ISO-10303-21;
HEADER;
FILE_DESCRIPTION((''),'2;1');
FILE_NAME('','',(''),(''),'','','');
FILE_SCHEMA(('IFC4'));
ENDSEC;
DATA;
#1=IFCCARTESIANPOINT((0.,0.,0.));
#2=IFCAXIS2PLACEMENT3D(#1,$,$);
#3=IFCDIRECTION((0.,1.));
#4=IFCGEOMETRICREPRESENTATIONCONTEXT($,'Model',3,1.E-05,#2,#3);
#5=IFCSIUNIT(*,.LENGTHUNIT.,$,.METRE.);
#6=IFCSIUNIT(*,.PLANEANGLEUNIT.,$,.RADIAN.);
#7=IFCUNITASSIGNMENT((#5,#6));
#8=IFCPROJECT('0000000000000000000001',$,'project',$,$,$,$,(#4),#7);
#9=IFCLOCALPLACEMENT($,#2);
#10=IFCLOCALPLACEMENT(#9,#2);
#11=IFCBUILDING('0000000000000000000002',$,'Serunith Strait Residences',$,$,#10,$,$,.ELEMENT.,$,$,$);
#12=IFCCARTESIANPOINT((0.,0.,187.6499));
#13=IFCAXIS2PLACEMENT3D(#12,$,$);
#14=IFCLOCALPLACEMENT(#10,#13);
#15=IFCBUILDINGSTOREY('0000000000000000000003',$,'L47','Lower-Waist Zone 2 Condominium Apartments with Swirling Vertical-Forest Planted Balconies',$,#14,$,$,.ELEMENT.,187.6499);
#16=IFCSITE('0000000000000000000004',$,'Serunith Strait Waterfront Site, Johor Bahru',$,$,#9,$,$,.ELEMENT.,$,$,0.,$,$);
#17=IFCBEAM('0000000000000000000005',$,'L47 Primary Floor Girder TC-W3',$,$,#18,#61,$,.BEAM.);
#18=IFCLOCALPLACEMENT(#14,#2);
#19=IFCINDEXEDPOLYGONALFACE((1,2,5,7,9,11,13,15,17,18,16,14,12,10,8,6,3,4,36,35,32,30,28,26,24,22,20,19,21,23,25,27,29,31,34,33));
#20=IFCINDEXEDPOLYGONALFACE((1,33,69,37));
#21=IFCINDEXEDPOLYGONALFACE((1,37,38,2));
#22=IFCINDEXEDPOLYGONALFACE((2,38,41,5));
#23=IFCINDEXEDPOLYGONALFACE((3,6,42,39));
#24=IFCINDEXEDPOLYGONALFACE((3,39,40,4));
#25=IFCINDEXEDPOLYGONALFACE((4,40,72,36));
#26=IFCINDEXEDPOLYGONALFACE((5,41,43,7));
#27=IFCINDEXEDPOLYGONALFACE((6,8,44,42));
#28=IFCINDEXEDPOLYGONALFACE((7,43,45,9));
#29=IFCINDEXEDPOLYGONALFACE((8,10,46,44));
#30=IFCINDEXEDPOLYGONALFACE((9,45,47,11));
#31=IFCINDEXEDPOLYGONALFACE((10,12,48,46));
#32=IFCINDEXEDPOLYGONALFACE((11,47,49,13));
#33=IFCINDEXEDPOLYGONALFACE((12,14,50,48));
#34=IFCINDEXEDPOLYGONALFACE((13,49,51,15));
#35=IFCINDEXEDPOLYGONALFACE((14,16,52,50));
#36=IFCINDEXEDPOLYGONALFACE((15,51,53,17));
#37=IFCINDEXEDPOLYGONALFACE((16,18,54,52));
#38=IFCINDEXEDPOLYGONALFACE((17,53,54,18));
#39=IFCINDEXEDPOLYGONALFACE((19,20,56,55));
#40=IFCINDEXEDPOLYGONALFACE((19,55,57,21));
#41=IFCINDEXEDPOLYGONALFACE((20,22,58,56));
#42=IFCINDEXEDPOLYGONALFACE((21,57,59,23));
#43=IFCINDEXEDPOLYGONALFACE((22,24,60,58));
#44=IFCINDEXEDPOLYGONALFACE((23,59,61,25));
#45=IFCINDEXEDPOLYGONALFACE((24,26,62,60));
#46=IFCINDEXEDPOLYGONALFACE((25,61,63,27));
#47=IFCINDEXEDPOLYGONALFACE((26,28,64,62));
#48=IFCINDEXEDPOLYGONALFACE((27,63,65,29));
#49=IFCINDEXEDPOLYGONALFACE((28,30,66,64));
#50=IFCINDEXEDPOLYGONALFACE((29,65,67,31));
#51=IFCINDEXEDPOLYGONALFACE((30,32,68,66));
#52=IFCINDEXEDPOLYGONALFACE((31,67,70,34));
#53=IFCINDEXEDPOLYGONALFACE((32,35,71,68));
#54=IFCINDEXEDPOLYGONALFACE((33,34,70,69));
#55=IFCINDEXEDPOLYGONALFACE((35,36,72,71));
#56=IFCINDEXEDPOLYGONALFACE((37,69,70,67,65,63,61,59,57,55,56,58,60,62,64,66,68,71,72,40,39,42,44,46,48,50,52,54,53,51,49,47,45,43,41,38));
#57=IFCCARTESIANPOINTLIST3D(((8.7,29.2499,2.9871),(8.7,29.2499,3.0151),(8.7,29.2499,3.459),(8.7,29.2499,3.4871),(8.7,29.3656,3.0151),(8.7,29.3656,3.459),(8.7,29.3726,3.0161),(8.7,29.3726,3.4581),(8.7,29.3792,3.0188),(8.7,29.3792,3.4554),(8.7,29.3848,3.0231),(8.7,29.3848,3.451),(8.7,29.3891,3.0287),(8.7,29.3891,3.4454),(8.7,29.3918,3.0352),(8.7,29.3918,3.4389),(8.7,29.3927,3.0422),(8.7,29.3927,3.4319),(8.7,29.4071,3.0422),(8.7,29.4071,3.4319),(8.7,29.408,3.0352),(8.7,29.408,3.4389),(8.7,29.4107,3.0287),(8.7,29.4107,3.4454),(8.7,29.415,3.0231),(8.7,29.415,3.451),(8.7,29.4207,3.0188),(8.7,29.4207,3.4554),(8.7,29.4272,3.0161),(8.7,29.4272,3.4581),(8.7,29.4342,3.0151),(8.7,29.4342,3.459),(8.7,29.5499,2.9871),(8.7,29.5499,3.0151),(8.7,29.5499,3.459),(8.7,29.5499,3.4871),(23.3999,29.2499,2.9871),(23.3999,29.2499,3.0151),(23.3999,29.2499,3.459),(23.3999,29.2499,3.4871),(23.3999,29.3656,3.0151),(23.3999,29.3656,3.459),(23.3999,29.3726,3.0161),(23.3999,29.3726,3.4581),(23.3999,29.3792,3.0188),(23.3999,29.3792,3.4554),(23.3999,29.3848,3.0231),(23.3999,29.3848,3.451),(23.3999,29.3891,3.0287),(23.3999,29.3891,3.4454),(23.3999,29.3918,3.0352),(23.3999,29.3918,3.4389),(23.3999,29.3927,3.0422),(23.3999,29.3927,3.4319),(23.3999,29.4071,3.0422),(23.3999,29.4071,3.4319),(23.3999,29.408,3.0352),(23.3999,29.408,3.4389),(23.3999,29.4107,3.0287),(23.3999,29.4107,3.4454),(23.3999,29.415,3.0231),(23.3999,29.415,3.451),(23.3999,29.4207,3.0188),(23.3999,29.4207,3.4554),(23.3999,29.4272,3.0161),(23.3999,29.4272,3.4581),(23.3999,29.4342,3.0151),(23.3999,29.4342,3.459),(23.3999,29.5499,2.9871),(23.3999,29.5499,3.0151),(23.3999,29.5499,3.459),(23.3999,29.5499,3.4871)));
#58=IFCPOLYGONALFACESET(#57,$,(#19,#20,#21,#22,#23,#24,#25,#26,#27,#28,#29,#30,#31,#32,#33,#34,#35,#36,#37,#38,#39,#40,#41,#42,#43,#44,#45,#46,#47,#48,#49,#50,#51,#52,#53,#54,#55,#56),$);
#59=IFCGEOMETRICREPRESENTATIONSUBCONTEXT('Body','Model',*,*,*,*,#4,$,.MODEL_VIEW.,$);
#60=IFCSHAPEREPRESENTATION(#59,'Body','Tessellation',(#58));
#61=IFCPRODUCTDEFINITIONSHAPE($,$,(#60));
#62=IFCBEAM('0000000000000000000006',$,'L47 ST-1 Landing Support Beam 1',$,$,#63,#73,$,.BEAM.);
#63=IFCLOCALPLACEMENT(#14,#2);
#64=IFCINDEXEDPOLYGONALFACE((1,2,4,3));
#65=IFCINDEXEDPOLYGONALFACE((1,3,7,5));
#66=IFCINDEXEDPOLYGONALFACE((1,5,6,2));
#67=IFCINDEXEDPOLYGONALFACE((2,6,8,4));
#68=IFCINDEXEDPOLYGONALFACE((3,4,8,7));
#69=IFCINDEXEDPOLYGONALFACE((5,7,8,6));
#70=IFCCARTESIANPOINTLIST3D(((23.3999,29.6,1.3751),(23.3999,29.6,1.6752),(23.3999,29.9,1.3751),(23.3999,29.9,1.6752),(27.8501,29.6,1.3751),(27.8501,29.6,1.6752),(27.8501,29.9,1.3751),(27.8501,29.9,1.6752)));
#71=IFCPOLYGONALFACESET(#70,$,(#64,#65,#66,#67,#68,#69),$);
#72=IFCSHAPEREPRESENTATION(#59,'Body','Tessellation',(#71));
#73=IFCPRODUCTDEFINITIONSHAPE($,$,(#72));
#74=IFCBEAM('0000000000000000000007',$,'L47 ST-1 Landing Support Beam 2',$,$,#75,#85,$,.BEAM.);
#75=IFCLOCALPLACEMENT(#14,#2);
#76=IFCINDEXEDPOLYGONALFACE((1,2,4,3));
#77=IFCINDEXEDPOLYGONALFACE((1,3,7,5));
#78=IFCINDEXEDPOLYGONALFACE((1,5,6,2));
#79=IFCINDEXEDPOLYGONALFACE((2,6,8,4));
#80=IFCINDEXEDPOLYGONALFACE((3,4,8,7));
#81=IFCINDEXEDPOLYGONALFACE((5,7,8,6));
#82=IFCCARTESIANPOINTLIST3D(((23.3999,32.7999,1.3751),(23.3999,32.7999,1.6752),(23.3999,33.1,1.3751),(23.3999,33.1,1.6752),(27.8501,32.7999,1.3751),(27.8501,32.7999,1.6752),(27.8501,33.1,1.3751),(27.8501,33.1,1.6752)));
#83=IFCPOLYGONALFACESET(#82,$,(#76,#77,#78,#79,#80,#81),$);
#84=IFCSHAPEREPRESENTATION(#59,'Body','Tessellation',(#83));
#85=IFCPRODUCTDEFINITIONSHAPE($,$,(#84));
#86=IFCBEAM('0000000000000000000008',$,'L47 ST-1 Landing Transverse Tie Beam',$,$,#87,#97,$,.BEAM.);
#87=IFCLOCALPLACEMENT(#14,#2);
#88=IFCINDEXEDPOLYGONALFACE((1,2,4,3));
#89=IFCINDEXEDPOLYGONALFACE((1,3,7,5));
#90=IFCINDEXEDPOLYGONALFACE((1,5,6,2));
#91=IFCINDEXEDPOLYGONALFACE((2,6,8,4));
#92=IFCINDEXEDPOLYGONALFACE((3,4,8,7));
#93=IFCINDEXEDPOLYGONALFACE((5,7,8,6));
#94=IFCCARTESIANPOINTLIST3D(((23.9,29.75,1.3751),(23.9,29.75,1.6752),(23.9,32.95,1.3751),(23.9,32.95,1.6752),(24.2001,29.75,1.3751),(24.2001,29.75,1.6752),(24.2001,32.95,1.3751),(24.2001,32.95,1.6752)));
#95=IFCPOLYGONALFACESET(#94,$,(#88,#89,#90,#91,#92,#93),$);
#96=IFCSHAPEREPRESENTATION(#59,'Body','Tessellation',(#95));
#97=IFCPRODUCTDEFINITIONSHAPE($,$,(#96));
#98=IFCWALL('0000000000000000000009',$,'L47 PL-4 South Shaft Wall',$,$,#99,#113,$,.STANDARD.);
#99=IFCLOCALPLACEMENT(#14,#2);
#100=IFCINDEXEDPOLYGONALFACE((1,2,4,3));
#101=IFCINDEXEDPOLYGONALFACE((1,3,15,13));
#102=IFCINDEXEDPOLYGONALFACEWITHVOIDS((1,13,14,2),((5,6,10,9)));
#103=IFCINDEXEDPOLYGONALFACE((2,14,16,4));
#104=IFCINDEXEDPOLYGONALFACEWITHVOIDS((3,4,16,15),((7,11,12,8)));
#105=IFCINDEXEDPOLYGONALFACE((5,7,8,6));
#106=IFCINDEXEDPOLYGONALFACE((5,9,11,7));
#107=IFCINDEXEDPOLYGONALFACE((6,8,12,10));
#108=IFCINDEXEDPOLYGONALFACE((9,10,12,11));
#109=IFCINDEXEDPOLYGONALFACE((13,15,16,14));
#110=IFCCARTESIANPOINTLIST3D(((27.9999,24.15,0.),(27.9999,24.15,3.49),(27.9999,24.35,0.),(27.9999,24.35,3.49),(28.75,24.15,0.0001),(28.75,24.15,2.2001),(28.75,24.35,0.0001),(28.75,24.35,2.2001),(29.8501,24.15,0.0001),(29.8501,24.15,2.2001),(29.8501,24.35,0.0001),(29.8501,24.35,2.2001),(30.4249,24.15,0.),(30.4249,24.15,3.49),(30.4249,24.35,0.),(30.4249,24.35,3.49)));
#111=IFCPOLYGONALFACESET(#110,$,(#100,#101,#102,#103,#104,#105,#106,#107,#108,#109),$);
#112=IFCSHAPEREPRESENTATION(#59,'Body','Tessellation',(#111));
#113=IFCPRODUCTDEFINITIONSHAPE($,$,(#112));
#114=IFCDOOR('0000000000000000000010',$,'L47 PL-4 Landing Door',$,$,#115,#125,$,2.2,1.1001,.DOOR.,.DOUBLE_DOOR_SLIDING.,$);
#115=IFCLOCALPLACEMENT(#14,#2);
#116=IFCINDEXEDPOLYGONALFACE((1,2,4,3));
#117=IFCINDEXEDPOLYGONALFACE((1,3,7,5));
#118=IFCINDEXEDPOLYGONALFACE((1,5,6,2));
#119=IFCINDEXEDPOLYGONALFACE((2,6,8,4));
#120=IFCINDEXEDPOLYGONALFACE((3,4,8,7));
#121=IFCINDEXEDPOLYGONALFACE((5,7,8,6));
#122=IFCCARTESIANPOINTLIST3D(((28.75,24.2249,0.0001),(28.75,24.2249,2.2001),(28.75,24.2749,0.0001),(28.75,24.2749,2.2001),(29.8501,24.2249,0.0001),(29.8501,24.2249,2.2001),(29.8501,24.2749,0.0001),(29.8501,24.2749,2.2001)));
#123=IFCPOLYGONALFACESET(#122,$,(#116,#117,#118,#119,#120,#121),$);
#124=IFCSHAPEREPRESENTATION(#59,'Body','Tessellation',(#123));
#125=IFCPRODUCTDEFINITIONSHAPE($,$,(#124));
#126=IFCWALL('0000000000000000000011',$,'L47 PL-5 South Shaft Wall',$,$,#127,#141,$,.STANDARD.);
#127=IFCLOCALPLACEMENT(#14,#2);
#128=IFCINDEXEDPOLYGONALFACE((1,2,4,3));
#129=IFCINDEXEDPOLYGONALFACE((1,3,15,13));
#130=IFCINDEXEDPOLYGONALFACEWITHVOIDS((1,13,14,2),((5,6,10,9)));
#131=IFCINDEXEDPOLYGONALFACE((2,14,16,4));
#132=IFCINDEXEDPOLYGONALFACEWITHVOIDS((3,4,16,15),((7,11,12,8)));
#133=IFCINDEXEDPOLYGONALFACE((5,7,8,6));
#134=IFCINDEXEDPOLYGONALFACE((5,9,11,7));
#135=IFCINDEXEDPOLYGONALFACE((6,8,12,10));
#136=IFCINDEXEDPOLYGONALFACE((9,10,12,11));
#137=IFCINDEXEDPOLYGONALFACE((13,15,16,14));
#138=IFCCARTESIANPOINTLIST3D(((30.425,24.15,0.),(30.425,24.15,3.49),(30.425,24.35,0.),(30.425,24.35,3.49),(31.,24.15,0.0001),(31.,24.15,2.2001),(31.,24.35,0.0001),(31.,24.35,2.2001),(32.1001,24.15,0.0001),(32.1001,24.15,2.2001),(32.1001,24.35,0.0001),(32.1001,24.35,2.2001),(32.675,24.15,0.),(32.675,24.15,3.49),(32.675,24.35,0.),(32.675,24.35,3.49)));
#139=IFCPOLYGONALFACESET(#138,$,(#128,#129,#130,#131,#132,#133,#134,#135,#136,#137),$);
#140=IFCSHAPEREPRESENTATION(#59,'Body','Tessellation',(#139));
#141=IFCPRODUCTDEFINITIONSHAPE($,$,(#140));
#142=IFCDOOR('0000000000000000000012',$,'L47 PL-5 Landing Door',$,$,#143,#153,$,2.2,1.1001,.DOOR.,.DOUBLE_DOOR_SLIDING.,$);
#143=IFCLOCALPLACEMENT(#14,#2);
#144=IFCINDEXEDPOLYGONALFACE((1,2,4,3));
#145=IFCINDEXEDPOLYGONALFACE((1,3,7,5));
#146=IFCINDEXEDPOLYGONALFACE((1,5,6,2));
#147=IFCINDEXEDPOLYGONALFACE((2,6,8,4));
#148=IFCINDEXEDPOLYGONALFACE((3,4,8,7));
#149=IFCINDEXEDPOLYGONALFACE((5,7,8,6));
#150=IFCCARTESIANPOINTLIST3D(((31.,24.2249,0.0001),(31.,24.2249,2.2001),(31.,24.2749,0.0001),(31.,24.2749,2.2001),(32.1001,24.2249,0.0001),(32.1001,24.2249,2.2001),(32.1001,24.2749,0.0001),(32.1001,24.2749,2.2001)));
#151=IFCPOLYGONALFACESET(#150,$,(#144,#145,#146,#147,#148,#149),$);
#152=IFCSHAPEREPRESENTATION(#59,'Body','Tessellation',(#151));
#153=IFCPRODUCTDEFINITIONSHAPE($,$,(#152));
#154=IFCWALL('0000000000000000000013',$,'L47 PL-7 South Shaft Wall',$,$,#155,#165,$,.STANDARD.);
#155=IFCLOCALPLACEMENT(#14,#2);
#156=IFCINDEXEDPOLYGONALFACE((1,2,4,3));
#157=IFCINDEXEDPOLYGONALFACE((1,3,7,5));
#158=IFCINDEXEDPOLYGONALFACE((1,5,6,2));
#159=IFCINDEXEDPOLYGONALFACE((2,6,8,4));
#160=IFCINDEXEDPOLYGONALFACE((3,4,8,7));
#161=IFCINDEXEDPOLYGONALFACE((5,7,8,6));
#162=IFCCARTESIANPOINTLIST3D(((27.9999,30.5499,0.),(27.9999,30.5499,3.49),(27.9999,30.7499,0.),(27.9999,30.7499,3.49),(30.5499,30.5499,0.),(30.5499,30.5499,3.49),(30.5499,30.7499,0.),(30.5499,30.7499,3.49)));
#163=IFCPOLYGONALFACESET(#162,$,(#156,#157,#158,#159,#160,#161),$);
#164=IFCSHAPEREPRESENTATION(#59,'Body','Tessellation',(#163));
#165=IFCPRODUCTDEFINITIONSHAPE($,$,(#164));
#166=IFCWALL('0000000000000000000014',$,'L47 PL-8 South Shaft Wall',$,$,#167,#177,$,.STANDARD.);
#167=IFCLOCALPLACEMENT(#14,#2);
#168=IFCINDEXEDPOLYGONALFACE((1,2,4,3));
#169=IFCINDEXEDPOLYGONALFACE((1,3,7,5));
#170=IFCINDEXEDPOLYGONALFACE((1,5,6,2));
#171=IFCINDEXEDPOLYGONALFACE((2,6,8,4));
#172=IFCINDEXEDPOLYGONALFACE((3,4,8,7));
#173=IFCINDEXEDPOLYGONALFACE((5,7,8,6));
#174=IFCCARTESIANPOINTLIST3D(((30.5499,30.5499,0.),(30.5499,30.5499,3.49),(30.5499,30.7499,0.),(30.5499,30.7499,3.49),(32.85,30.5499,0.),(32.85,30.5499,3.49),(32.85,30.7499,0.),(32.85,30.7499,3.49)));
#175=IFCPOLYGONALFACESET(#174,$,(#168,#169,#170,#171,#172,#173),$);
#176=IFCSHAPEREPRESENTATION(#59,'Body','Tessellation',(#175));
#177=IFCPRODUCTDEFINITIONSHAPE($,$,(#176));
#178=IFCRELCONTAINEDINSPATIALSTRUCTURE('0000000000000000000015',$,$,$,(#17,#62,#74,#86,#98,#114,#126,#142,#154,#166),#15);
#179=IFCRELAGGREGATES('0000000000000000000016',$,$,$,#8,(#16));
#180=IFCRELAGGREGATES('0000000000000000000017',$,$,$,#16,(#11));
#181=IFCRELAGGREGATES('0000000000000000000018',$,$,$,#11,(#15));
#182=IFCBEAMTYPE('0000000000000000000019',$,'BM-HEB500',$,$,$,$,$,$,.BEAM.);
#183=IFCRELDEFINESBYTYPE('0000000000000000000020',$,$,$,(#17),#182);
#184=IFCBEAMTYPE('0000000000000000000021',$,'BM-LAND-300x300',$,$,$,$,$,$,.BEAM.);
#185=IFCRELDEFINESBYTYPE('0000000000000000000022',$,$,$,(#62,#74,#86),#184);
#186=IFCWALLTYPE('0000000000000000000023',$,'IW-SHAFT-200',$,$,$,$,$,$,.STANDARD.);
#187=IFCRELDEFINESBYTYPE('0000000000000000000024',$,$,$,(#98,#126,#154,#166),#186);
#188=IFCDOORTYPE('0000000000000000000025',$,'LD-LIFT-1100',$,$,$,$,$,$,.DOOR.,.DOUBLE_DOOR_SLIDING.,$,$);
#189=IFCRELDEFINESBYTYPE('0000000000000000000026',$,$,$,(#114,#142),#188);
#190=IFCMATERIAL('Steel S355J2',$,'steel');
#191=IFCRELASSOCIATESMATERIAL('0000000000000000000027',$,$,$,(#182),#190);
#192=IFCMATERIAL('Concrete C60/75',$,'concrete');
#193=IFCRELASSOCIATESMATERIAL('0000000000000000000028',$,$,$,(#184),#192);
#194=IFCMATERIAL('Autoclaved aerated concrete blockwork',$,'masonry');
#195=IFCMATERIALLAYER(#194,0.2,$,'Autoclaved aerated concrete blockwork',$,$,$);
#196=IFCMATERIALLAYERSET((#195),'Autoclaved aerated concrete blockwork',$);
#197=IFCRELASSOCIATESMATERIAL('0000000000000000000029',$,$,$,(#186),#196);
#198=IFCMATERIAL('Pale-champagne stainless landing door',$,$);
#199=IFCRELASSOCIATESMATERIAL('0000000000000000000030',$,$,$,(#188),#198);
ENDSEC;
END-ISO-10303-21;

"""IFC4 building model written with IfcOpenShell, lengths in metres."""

from ifc_helpers import new_model, si_unit, direction, frame, frame_2d, origin, origin_2d, place, context, subcontext, project, spatial, rectangle, i_section, extrude, source, transform, mapped, material, layer, layer_set, material_profile, profile_set, type_object, element, fill, save


model = new_model("IFC4")

# Units and contexts
model_context = context("Model", 3, precision=1e-05, world=origin(), true_north=direction((0.0, 1.0)))
body_context = subcontext(model_context, "Body", "Model", "MODEL_VIEW")
ifc_project = project(units=[si_unit("LENGTHUNIT", "METRE"), si_unit("PLANEANGLEUNIT", "RADIAN")], contexts=[model_context])

# Site, building, storey
site_placement = place(None, origin())
site = spatial("IfcSite", under=ifc_project, at=site_placement, Name="Serunith Strait Waterfront Site, Johor Bahru", CompositionType="ELEMENT", RefElevation=0.0)
building_placement = place(site_placement, origin())
building = spatial("IfcBuilding", under=site, at=building_placement, Name="Serunith Strait Residences", CompositionType="ELEMENT")
storey_placement = place(building_placement, frame((0.0, 0.0, 187.6499)))
storey = spatial("IfcBuildingStorey", under=building, at=storey_placement, Name="L47", Description="Lower-Waist Zone 2 Condominium Apartments with Swirling Vertical-Forest Planted Balconies", CompositionType="ELEMENT", Elevation=187.6499)

# Beams
ifc_material_1 = material(Name="Steel S355J2", Category="steel")
ifc_material_profile_1 = material_profile(ifc_material_1, i_section(OverallWidth=0.3, OverallDepth=0.5, WebThickness=0.0144, FlangeThickness=0.0281, FilletRadius=0.0271, at=origin_2d()), Name="HEB 500")
ifc_profile_set_1 = profile_set([ifc_material_profile_1], Name="Steel S355J2")
beam_type_1 = type_object("IfcBeamType", Name="BM-HEB500", PredefinedType="BEAM", material=ifc_profile_set_1)
shared_shape_1 = source(origin(), body_context, "Body", "SweptSolid", [
    extrude(i_section(OverallWidth=0.3, OverallDepth=0.5, WebThickness=0.0144, FlangeThickness=0.0281, FilletRadius=0.0271, at=origin_2d()), origin(), (0.0, 0.0, 1.0), 14.7),
])
beam_1_placement = place(storey_placement, frame((23.3999, 29.3999, 3.2371), z_axis=(-1.0, 0.0, 0.0), x_axis=(0.0, -1.0, 0.0)))
element("IfcBeam", 1, at=beam_1_placement, inside=storey, type_object=beam_type_1, Name="L47 Primary Floor Girder TC-W3", PredefinedType="BEAM", context=body_context, shape_type="MappedRepresentation", body=[
    mapped(shared_shape_1, transform((0.0, 0.0, 0.0), scale=1.0)),
])
ifc_material_2 = material(Name="Concrete C60/75", Category="concrete")
ifc_material_profile_2 = material_profile(ifc_material_2, rectangle(XDim=0.3, YDim=0.3, at=origin_2d()), Name="RC 300x300")
ifc_profile_set_2 = profile_set([ifc_material_profile_2], Name="Concrete C60/75")
beam_type_2 = type_object("IfcBeamType", Name="BM-LAND-300x300", PredefinedType="BEAM", material=ifc_profile_set_2)
shared_shape_2 = source(origin(), body_context, "Body", "SweptSolid", [
    extrude(rectangle(XDim=0.3, YDim=0.3, at=origin_2d()), origin(), (0.0, 0.0, 1.0), 4.4502),
])
for number, where, z_axis, x_axis, name in (
    (2, (23.3999, 29.75, 1.5251), (1.0, 0.0, 0.0), (0.0, 1.0, 0.0), "L47 ST-1 Landing Support Beam 1"),
    (3, (23.3999, 32.95, 1.5251), (1.0, 0.0, 0.0), (0.0, 1.0, 0.0), "L47 ST-1 Landing Support Beam 2"),
):
    element("IfcBeam", number, at=place(storey_placement, frame(where, z_axis=z_axis, x_axis=x_axis)), inside=storey, type_object=beam_type_2, Name=name, PredefinedType="BEAM", context=body_context, shape_type="MappedRepresentation", body=[
        mapped(shared_shape_2, transform((0.0, 0.0, 0.0), scale=1.0)),
    ])
shared_shape_3 = source(origin(), body_context, "Body", "SweptSolid", [
    extrude(rectangle(XDim=0.3, YDim=0.3, at=origin_2d()), origin(), (0.0, 0.0, 1.0), 3.2),
])
beam_2_placement = place(storey_placement, frame((24.05, 29.75, 1.5251), z_axis=(0.0, 1.0, 0.0), x_axis=(-1.0, 0.0, 0.0)))
element("IfcBeam", 4, at=beam_2_placement, inside=storey, type_object=beam_type_2, Name="L47 ST-1 Landing Transverse Tie Beam", PredefinedType="BEAM", context=body_context, shape_type="MappedRepresentation", body=[
    mapped(shared_shape_3, transform((0.0, 0.0, 0.0), scale=1.0)),
])

# Walls, openings, doors
ifc_material_3 = material(Name="Autoclaved aerated concrete blockwork", Category="masonry")
ifc_layer = layer(ifc_material_3, 0.2, Name="Autoclaved aerated concrete blockwork")
ifc_layer_set = layer_set([ifc_layer], Name="Autoclaved aerated concrete blockwork")
wall_type = type_object("IfcWallType", Name="IW-SHAFT-200", PredefinedType="STANDARD", material=ifc_layer_set)
wall_1_placement = place(storey_placement, frame((28.0, 24.25, 0.0), z_axis=(0.0, 0.0, 1.0), x_axis=(1.0, 0.0, 0.0)))
wall_1 = element("IfcWall", 5, at=wall_1_placement, inside=storey, type_object=wall_type, Name="L47 PL-4 South Shaft Wall", PredefinedType="STANDARD", context=body_context, shape_type="SweptSolid", body=[
    extrude(rectangle(XDim=2.425, YDim=0.2, at=frame_2d((1.2124, 0.0))), origin(), (0.0, 0.0, 1.0), 3.49),
])
opening_1_placement = place(wall_1_placement, frame((0.75, 0.0, 0.0)))
opening_1 = element("IfcOpeningElement", 6, at=opening_1_placement, cuts=wall_1, PredefinedType="OPENING", context=body_context, shape_type="SweptSolid", body=[
    extrude(rectangle(XDim=1.1001, YDim=2.2, at=frame_2d((0.55, 1.1001))), frame((0.0, 0.1099, 0.0), z_axis=(0.0, -1.0, 0.0), x_axis=(1.0, 0.0, 0.0)), (0.0, 0.0, 1.0), 0.22),
])
ifc_material_4 = material(Name="Pale-champagne stainless landing door")
door_type_1 = type_object("IfcDoorType", Name="LD-LIFT-1100", OperationType="DOUBLE_DOOR_SLIDING", PredefinedType="DOOR", material=ifc_material_4)
shared_shape_4 = source(origin(), body_context, "Body", "SweptSolid", [
    extrude(rectangle(XDim=1.1001, YDim=2.2, at=frame_2d((0.55, 1.1001))), frame((0.0, 0.0249, 0.0), z_axis=(0.0, -1.0, 0.0), x_axis=(1.0, 0.0, 0.0)), (0.0, 0.0, 1.0), 0.05),
])
door_1_placement = place(opening_1_placement, origin())
door_1 = element("IfcDoor", 7, at=door_1_placement, inside=storey, type_object=door_type_1, Name="L47 PL-4 Landing Door", OperationType="DOUBLE_DOOR_SLIDING", OverallHeight=2.2, OverallWidth=1.1001, PredefinedType="DOOR", context=body_context, shape_type="MappedRepresentation", body=[
    mapped(shared_shape_4, transform((0.0, 0.0, 0.0), scale=1.0)),
])
fill(opening_1, door_1)
wall_2_placement = place(storey_placement, frame((30.425, 24.25, 0.0), z_axis=(0.0, 0.0, 1.0), x_axis=(1.0, 0.0, 0.0)))
wall_2 = element("IfcWall", 8, at=wall_2_placement, inside=storey, type_object=wall_type, Name="L47 PL-5 South Shaft Wall", PredefinedType="STANDARD", context=body_context, shape_type="SweptSolid", body=[
    extrude(rectangle(XDim=2.25, YDim=0.2, at=frame_2d((1.125, 0.0))), origin(), (0.0, 0.0, 1.0), 3.49),
])
opening_2_placement = place(wall_2_placement, frame((0.575, 0.0, 0.0)))
opening_2 = element("IfcOpeningElement", 9, at=opening_2_placement, cuts=wall_2, PredefinedType="OPENING", context=body_context, shape_type="SweptSolid", body=[
    extrude(rectangle(XDim=1.1001, YDim=2.2, at=frame_2d((0.55, 1.1001))), frame((0.0, 0.1099, 0.0), z_axis=(0.0, -1.0, 0.0), x_axis=(1.0, 0.0, 0.0)), (0.0, 0.0, 1.0), 0.22),
])
door_2_placement = place(opening_2_placement, origin())
door_2 = element("IfcDoor", 10, at=door_2_placement, inside=storey, type_object=door_type_1, Name="L47 PL-5 Landing Door", OperationType="DOUBLE_DOOR_SLIDING", OverallHeight=2.2, OverallWidth=1.1001, PredefinedType="DOOR", context=body_context, shape_type="MappedRepresentation", body=[
    mapped(shared_shape_4, transform((0.0, 0.0, 0.0), scale=1.0)),
])
fill(opening_2, door_2)

# Walls
wall_3_placement = place(storey_placement, frame((28.0, 30.6499, 0.0), z_axis=(0.0, 0.0, 1.0), x_axis=(1.0, 0.0, 0.0)))
element("IfcWall", 11, at=wall_3_placement, inside=storey, type_object=wall_type, Name="L47 PL-7 South Shaft Wall", PredefinedType="STANDARD", context=body_context, shape_type="SweptSolid", body=[
    extrude(rectangle(XDim=2.55, YDim=0.2, at=frame_2d((1.2749, 0.0))), origin(), (0.0, 0.0, 1.0), 3.49),
])
wall_4_placement = place(storey_placement, frame((30.55, 30.6499, 0.0), z_axis=(0.0, 0.0, 1.0), x_axis=(1.0, 0.0, 0.0)))
element("IfcWall", 12, at=wall_4_placement, inside=storey, type_object=wall_type, Name="L47 PL-8 South Shaft Wall", PredefinedType="STANDARD", context=body_context, shape_type="SweptSolid", body=[
    extrude(rectangle(XDim=2.3, YDim=0.2, at=frame_2d((1.1499, 0.0))), origin(), (0.0, 0.0, 1.0), 3.49),
])

save(model, "model.ifc")
